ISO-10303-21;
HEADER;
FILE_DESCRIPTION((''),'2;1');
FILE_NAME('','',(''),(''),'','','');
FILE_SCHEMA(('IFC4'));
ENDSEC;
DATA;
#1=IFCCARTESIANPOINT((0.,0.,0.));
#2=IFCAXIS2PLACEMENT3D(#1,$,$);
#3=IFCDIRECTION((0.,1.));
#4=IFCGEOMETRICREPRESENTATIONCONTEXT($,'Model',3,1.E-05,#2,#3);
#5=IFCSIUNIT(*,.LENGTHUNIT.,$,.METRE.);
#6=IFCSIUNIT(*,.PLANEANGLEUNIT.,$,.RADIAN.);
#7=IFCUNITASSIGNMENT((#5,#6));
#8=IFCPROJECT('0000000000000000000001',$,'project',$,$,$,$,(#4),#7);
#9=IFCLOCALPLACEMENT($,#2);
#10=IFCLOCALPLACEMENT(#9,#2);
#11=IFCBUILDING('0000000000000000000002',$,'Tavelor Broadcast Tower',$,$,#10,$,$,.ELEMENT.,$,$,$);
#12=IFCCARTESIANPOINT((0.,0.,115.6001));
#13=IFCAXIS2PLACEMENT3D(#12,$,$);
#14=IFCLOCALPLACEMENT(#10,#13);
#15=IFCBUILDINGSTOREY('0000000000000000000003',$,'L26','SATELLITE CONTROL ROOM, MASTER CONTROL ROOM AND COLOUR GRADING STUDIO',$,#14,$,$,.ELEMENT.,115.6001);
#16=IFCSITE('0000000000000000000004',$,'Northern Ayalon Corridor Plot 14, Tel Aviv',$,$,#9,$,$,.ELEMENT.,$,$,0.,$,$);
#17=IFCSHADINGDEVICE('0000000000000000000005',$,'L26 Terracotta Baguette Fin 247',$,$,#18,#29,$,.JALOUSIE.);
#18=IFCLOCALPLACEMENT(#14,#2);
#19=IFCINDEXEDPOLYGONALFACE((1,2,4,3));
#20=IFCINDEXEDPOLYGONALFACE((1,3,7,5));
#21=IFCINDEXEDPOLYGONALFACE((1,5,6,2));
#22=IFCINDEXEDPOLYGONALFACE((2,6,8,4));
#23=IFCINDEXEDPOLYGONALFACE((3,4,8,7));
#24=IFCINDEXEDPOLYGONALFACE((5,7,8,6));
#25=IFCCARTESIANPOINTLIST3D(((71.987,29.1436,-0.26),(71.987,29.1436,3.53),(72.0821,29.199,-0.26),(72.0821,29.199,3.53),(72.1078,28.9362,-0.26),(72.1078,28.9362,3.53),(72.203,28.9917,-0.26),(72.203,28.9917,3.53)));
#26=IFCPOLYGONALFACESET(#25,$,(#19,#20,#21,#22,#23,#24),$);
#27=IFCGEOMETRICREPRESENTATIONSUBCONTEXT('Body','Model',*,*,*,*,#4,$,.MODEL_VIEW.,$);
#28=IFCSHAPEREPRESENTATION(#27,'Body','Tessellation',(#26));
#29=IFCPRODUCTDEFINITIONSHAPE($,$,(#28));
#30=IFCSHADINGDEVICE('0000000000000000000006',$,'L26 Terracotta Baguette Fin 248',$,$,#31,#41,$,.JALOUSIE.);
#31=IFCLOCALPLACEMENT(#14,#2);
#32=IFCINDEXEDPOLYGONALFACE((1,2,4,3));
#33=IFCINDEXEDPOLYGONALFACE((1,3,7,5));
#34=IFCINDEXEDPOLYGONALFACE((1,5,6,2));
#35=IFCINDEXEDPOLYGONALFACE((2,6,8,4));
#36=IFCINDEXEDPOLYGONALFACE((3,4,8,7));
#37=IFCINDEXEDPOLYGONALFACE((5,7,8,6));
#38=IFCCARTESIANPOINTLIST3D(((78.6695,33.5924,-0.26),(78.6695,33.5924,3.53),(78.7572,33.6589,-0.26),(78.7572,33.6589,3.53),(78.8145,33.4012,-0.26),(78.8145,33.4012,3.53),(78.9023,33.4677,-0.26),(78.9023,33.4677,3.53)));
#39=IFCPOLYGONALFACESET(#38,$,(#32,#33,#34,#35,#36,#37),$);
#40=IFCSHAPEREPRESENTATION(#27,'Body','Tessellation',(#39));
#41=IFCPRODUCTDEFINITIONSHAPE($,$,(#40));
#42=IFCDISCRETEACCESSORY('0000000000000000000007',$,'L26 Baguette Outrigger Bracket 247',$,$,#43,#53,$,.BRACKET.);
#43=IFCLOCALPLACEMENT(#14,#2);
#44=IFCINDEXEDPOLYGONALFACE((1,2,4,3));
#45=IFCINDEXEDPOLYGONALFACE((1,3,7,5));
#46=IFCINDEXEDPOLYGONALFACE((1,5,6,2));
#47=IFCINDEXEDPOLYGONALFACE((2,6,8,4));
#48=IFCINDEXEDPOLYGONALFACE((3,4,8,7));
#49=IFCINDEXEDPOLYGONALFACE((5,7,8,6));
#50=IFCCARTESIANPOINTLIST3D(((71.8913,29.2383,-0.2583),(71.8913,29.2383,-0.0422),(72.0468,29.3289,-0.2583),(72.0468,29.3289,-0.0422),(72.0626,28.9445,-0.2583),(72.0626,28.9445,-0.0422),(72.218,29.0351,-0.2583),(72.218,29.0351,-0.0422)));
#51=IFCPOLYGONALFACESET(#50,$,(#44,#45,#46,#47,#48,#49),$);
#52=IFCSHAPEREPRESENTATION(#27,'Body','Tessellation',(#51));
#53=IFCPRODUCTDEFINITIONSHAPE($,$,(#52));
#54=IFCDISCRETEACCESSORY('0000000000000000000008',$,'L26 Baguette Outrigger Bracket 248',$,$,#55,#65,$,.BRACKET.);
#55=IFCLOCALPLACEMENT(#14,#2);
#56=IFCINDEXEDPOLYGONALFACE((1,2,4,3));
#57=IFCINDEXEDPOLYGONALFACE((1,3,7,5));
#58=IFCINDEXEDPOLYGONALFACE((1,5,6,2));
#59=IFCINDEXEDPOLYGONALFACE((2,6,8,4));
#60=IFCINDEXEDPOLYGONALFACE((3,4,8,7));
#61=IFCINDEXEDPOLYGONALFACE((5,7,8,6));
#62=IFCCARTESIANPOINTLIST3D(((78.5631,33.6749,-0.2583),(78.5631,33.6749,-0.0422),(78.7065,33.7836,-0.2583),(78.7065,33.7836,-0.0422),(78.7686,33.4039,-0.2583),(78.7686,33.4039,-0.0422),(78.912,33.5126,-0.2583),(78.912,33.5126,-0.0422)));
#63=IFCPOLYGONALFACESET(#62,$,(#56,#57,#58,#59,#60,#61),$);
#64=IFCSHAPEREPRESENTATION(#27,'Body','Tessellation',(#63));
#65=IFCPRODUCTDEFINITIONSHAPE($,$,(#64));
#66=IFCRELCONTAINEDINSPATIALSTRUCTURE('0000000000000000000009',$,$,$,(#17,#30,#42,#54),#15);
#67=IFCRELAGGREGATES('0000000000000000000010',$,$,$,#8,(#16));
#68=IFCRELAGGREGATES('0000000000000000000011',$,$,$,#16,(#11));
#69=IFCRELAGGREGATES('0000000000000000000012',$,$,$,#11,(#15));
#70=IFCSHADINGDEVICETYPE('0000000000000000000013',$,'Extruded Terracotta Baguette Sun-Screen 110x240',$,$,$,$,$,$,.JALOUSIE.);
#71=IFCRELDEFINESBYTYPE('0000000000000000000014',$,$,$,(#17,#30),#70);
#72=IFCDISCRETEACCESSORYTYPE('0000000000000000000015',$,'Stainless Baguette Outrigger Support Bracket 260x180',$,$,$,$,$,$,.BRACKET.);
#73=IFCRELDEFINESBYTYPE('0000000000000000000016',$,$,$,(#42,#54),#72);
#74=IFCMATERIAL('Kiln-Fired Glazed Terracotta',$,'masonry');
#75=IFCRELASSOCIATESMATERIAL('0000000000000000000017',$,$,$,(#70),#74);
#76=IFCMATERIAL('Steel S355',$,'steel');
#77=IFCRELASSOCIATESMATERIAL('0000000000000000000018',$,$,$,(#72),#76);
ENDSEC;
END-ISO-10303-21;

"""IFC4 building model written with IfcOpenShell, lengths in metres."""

from ifc_helpers import new_model, si_unit, direction, frame, origin, origin_2d, place, context, subcontext, project, spatial, rectangle, extrude, source, transform, mapped, material, type_object, type_shapes, element, save


model = new_model("IFC4")

# Units and contexts
model_context = context("Model", 3, precision=1e-05, world=origin(), true_north=direction((0.0, 1.0)))
body_context = subcontext(model_context, "Body", "Model", "MODEL_VIEW")
ifc_project = project(units=[si_unit("LENGTHUNIT", "METRE"), si_unit("PLANEANGLEUNIT", "RADIAN")], contexts=[model_context])

# Site, building, storey
site_placement = place(None, origin())
site = spatial("IfcSite", under=ifc_project, at=site_placement, Name="Northern Ayalon Corridor Plot 14, Tel Aviv", CompositionType="ELEMENT", RefElevation=0.0)
building_placement = place(site_placement, origin())
building = spatial("IfcBuilding", under=site, at=building_placement, Name="Tavelor Broadcast Tower", CompositionType="ELEMENT")
storey_placement = place(building_placement, frame((0.0, 0.0, 115.6001)))
storey = spatial("IfcBuildingStorey", under=building, at=storey_placement, Name="L26", Description="SATELLITE CONTROL ROOM, MASTER CONTROL ROOM AND COLOUR GRADING STUDIO", CompositionType="ELEMENT", Elevation=115.6001)

# Shared definitions
ifc_material_1 = material(Name="Steel S355", Category="steel")

# Shading devices
ifc_material_2 = material(Name="Kiln-Fired Glazed Terracotta", Category="masonry")
shading_device_type = type_object("IfcShadingDeviceType", Name="Extruded Terracotta Baguette Sun-Screen 110x240", PredefinedType="JALOUSIE", material=ifc_material_2)
shared_shape_1 = source(origin(), body_context, "Body", "SweptSolid", [
    extrude(rectangle(XDim=0.1101, YDim=0.24, at=origin_2d()), origin(), (0.0, 0.0, 1.0), 3.79),
])
type_shapes(shading_device_type, [shared_shape_1])
for number, where, z_axis, x_axis, name in (
    (1, (72.095, 29.0676, -0.26), (0.0, 0.0, 1.0), (0.864011, 0.503472, 0.0), "L26 Terracotta Baguette Fin 247"),
    (2, (78.7859, 33.53, -0.26), (0.0, 0.0, 1.0), (0.796741, 0.604321, 0.0), "L26 Terracotta Baguette Fin 248"),
):
    element("IfcShadingDevice", number, at=place(storey_placement, frame(where, z_axis=z_axis, x_axis=x_axis)), inside=storey, type_object=shading_device_type, Name=name, PredefinedType="JALOUSIE", context=body_context, shape_type="MappedRepresentation", body=[
        mapped(shared_shape_1, transform((0.0, 0.0, 0.0), scale=1.0)),
    ])

# Discrete accessories
discrete_accessory_type = type_object("IfcDiscreteAccessoryType", Name="Stainless Baguette Outrigger Support Bracket 260x180", PredefinedType="BRACKET", material=ifc_material_1)
shared_shape_2 = source(origin(), body_context, "Body", "SweptSolid", [
    extrude(rectangle(XDim=0.1799, YDim=0.3401, at=origin_2d()), origin(), (0.0, 0.0, 1.0), 0.2161),
])
type_shapes(discrete_accessory_type, [shared_shape_2])
for number, where, z_axis, x_axis, name in (
    (3, (72.0547, 29.1367, -0.2583), (0.0, 0.0, 1.0), (0.864011, 0.503472, 0.0), "L26 Baguette Outrigger Bracket 247"),
    (4, (78.7375, 33.5938, -0.2583), (0.0, 0.0, 1.0), (0.796741, 0.604321, 0.0), "L26 Baguette Outrigger Bracket 248"),
):
    element("IfcDiscreteAccessory", number, at=place(storey_placement, frame(where, z_axis=z_axis, x_axis=x_axis)), inside=storey, type_object=discrete_accessory_type, Name=name, PredefinedType="BRACKET", context=body_context, shape_type="MappedRepresentation", body=[
        mapped(shared_shape_2, transform((0.0, 0.0, 0.0), scale=1.0)),
    ])

save(model, "model.ifc")
